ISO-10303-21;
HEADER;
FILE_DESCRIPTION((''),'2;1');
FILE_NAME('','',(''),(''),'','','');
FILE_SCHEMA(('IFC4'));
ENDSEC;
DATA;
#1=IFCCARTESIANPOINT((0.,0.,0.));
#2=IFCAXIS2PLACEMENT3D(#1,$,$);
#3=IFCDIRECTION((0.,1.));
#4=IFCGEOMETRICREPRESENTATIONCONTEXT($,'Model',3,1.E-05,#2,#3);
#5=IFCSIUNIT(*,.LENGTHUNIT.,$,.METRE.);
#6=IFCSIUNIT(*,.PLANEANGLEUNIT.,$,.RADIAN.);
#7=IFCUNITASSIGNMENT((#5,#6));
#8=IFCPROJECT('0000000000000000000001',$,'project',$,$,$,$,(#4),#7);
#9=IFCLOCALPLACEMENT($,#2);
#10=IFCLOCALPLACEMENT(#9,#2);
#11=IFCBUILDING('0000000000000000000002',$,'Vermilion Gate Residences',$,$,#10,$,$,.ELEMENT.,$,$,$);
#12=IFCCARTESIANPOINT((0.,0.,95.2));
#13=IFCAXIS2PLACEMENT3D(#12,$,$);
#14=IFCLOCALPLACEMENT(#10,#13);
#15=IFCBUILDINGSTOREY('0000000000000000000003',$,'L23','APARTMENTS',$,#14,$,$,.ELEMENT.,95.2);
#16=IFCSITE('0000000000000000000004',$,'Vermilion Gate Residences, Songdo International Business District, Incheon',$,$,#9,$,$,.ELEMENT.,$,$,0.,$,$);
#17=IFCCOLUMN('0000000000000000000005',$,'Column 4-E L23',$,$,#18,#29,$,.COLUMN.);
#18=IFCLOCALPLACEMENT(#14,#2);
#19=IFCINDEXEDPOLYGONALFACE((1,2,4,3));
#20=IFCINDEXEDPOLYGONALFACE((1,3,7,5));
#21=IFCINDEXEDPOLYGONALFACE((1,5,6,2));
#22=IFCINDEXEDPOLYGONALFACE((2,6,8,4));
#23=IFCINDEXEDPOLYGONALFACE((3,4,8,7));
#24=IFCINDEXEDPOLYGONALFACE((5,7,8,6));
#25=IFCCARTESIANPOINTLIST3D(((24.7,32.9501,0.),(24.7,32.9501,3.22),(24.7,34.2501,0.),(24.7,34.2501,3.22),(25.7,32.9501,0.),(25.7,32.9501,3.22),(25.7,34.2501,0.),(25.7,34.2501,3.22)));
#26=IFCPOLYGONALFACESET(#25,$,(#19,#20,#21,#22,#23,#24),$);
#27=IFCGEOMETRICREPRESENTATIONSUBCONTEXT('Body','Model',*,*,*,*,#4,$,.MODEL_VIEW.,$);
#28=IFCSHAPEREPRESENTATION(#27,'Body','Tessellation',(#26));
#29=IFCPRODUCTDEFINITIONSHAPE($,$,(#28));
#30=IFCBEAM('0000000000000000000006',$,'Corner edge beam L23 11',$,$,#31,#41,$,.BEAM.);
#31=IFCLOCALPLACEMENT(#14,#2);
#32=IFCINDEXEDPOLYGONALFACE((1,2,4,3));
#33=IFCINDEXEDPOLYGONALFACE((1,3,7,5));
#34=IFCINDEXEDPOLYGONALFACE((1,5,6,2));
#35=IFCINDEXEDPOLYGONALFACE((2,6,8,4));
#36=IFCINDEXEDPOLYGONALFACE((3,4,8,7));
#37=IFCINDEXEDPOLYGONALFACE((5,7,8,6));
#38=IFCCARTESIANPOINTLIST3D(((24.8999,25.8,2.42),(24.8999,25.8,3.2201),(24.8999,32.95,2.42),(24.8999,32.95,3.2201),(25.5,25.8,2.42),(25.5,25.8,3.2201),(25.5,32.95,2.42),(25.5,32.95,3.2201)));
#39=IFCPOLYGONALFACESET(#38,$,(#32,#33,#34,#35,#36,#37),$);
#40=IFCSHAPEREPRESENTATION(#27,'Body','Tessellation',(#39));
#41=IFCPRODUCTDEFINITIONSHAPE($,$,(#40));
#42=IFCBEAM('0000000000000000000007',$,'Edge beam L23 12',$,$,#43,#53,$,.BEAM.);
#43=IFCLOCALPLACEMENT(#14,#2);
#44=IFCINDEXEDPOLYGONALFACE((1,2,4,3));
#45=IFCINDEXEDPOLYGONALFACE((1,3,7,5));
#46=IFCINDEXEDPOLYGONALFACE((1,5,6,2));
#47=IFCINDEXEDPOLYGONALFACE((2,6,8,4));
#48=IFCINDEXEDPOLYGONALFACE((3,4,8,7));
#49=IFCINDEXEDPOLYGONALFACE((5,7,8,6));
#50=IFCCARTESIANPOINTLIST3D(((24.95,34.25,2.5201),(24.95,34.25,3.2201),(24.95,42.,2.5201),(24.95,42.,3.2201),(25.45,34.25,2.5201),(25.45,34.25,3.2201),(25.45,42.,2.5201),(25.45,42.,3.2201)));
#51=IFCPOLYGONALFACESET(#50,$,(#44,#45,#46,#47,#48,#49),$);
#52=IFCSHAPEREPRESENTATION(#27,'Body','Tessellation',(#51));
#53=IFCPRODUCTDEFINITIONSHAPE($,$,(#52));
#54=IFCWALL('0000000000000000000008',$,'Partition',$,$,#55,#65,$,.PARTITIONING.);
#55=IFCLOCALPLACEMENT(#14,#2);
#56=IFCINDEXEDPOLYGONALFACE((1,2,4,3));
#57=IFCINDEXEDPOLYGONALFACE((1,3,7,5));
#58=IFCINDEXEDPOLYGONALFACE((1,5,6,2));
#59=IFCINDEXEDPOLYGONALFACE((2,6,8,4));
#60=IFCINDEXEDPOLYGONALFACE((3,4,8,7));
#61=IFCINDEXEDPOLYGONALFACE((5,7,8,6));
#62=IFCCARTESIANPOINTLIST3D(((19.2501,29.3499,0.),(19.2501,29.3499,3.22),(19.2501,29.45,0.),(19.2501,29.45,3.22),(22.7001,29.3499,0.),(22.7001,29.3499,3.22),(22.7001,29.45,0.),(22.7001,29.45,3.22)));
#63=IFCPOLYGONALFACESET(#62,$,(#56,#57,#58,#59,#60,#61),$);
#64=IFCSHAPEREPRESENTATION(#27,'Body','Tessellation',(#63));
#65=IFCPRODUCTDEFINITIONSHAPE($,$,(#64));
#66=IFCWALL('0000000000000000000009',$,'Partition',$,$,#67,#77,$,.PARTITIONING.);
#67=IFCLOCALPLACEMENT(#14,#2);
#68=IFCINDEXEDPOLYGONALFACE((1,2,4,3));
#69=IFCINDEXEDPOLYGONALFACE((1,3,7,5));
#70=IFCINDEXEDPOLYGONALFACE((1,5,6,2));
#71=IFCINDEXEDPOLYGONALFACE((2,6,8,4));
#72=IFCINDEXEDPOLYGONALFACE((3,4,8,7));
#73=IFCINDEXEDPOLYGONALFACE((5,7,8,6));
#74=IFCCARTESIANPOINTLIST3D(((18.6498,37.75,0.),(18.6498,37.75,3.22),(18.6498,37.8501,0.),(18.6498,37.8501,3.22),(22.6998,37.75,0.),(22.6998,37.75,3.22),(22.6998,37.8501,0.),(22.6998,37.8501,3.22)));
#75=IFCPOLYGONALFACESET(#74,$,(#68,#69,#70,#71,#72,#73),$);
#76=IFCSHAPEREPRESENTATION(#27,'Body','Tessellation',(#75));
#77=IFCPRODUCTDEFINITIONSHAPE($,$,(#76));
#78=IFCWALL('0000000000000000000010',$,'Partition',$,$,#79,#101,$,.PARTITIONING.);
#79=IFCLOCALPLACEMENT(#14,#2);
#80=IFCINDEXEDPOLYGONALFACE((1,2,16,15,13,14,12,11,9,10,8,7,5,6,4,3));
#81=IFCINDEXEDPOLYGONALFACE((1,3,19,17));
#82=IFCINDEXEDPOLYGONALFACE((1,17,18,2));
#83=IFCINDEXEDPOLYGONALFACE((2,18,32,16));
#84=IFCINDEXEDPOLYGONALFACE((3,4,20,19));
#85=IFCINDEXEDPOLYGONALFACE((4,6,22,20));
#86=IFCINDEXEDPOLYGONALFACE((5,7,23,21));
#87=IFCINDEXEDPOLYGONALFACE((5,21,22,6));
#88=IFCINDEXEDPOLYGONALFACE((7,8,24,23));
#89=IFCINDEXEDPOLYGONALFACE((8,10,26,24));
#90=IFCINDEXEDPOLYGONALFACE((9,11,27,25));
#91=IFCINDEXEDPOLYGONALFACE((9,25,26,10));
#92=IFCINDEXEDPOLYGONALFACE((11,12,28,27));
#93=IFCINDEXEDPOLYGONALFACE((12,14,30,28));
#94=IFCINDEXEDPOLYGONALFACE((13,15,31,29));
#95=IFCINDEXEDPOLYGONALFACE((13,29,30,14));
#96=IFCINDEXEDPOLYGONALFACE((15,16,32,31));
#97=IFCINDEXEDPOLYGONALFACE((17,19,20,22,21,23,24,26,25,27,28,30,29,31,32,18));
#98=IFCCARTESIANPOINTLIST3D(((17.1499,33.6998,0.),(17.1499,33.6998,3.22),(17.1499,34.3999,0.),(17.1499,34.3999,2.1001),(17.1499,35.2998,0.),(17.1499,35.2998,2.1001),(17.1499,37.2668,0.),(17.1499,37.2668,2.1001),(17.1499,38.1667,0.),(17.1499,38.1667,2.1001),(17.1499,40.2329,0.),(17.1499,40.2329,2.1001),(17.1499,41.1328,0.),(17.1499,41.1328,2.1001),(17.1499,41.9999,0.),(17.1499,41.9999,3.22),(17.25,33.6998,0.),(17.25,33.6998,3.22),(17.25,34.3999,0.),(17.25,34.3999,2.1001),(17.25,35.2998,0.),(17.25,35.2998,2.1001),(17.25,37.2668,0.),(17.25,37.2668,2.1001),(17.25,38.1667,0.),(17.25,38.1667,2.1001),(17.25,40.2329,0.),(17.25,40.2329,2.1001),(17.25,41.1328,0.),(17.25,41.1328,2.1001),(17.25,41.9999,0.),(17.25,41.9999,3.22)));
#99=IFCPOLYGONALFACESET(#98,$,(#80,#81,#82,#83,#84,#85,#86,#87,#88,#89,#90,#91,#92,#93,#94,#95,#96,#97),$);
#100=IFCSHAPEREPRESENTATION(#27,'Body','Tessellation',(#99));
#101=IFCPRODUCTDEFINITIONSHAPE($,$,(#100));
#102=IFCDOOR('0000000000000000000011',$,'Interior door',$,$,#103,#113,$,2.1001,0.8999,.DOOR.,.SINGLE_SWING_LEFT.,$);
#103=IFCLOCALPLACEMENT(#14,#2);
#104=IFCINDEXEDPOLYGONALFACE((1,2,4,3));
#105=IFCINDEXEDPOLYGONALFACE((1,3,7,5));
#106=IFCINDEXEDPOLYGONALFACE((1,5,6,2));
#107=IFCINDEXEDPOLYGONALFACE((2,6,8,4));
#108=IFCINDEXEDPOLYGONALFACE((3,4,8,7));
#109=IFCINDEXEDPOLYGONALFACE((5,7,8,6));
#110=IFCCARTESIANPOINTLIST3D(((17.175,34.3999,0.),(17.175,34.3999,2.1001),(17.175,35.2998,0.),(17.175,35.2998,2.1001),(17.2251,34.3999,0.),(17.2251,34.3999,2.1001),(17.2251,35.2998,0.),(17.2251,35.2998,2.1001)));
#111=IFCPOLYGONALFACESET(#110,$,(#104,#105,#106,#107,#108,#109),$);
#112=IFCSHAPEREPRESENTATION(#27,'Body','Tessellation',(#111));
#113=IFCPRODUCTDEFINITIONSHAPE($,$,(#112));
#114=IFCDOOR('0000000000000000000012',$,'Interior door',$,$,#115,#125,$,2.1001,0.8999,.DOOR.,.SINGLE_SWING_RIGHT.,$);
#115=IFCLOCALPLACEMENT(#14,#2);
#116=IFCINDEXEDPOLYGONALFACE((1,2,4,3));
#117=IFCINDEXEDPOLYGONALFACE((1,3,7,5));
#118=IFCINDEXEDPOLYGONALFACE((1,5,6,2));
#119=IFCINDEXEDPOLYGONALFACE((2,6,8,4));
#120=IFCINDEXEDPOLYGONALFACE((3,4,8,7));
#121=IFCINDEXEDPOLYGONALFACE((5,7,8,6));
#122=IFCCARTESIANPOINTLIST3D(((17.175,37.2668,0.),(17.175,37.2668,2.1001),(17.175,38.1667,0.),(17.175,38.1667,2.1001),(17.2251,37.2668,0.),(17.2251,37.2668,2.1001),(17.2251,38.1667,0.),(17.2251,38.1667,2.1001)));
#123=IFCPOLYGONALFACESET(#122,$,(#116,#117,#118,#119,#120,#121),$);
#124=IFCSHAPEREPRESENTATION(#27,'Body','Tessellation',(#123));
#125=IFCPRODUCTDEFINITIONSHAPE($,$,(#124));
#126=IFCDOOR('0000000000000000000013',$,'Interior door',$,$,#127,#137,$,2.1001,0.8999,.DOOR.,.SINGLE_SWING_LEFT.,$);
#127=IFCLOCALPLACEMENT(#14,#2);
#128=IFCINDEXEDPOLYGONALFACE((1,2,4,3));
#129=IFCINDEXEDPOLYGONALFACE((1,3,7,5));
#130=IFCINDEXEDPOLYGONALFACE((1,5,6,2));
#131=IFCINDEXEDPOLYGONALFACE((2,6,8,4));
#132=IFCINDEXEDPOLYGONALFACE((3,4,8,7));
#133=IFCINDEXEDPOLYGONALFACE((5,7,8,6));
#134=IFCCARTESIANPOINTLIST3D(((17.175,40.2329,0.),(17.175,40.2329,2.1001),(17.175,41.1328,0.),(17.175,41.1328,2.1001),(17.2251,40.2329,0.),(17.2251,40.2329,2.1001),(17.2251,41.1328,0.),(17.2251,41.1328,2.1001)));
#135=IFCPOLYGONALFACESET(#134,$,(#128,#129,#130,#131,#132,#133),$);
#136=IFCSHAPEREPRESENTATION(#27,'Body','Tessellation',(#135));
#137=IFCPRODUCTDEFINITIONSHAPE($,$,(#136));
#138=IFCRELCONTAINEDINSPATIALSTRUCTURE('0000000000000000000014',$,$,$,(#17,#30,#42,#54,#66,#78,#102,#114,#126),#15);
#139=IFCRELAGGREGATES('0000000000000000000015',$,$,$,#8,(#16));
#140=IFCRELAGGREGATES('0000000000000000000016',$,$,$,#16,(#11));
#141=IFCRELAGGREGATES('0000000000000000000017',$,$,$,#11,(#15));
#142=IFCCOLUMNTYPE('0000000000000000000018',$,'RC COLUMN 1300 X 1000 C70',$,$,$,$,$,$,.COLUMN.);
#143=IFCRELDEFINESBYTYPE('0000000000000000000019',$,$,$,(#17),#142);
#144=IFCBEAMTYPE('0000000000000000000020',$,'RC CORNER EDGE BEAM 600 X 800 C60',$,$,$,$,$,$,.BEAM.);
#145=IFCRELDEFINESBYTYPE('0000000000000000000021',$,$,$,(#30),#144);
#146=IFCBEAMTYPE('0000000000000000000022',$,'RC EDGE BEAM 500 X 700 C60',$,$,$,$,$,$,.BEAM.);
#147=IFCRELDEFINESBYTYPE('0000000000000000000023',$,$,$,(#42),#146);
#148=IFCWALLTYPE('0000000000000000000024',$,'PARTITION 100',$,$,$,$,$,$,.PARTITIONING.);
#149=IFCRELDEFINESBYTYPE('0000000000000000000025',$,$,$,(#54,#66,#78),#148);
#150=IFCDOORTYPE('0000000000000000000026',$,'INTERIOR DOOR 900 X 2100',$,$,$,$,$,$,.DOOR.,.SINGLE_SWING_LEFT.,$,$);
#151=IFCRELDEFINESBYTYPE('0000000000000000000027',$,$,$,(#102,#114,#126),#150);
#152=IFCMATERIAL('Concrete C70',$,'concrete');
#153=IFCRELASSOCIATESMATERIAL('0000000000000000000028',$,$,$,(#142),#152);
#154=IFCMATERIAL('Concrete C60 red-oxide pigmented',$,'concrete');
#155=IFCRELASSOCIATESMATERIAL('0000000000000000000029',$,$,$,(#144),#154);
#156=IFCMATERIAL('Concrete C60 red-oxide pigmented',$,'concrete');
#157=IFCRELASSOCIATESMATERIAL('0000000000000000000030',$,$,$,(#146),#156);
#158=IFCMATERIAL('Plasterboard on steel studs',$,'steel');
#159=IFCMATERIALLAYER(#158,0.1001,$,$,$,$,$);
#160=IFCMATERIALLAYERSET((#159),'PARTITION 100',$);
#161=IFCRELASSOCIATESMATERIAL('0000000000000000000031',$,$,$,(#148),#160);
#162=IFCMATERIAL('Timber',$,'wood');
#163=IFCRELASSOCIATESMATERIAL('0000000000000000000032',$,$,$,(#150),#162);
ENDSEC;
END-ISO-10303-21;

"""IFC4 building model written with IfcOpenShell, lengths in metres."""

from ifc_helpers import new_model, si_unit, direction, frame, frame_2d, origin, origin_2d, place, context, subcontext, project, spatial, rectangle, extrude, material, layer, layer_set, material_profile, profile_set, type_object, element, fill, save


model = new_model("IFC4")

# Units and contexts
model_context = context("Model", 3, precision=1e-05, world=origin(), true_north=direction((0.0, 1.0)))
body_context = subcontext(model_context, "Body", "Model", "MODEL_VIEW")
ifc_project = project(units=[si_unit("LENGTHUNIT", "METRE"), si_unit("PLANEANGLEUNIT", "RADIAN")], contexts=[model_context])

# Site, building, storey
site_placement = place(None, origin())
site = spatial("IfcSite", under=ifc_project, at=site_placement, Name="Vermilion Gate Residences, Songdo International Business District, Incheon", CompositionType="ELEMENT", RefElevation=0.0)
building_placement = place(site_placement, origin())
building = spatial("IfcBuilding", under=site, at=building_placement, Name="Vermilion Gate Residences", CompositionType="ELEMENT")
storey_placement = place(building_placement, frame((0.0, 0.0, 95.2)))
storey = spatial("IfcBuildingStorey", under=building, at=storey_placement, Name="L23", Description="APARTMENTS", CompositionType="ELEMENT", Elevation=95.2)

# Column
ifc_material_1 = material(Name="Concrete C70", Category="concrete")
ifc_material_profile_1 = material_profile(ifc_material_1, rectangle(XDim=1.3, YDim=1.0, at=origin_2d()), Name="RC-1300x1000")
ifc_profile_set_1 = profile_set([ifc_material_profile_1], Name="Concrete C70")
column_type = type_object("IfcColumnType", Name="RC COLUMN 1300 X 1000 C70", PredefinedType="COLUMN", material=ifc_profile_set_1)
column_placement = place(storey_placement, frame((25.2, 33.6001, 0.0), z_axis=(0.0, 0.0, 1.0), x_axis=(0.0, 1.0, 0.0)))
element("IfcColumn", 1, at=column_placement, inside=storey, type_object=column_type, Name="Column 4-E L23", PredefinedType="COLUMN", context=body_context, shape_type="SweptSolid", body=[
    extrude(rectangle(XDim=1.3, YDim=1.0, at=origin_2d()), origin(), (0.0, 0.0, 1.0), 3.22),
])

# Beams
ifc_material_2 = material(Name="Concrete C60 red-oxide pigmented", Category="concrete")
ifc_material_profile_2 = material_profile(ifc_material_2, rectangle(XDim=0.6001, YDim=0.8, at=origin_2d()), Name="RC-600x800")
ifc_profile_set_2 = profile_set([ifc_material_profile_2], Name="Concrete C60 red-oxide pigmented")
beam_type_1 = type_object("IfcBeamType", Name="RC CORNER EDGE BEAM 600 X 800 C60", PredefinedType="BEAM", material=ifc_profile_set_2)
beam_1_placement = place(storey_placement, frame((25.2, 25.8, 2.8201), z_axis=(0.0, 1.0, 0.0), x_axis=(-1.0, 0.0, 0.0)))
element("IfcBeam", 2, at=beam_1_placement, inside=storey, type_object=beam_type_1, Name="Corner edge beam L23 11", PredefinedType="BEAM", context=body_context, shape_type="SweptSolid", body=[
    extrude(rectangle(XDim=0.6001, YDim=0.8, at=origin_2d()), origin(), (0.0, 0.0, 1.0), 7.1499),
])
ifc_material_3 = material(Name="Concrete C60 red-oxide pigmented", Category="concrete")
ifc_material_profile_3 = material_profile(ifc_material_3, rectangle(XDim=0.5, YDim=0.7, at=origin_2d()), Name="RC-500x700")
ifc_profile_set_3 = profile_set([ifc_material_profile_3], Name="Concrete C60 red-oxide pigmented")
beam_type_2 = type_object("IfcBeamType", Name="RC EDGE BEAM 500 X 700 C60", PredefinedType="BEAM", material=ifc_profile_set_3)
beam_2_placement = place(storey_placement, frame((25.2, 34.25, 2.8701), z_axis=(0.0, 1.0, 0.0), x_axis=(-1.0, 0.0, 0.0)))
element("IfcBeam", 3, at=beam_2_placement, inside=storey, type_object=beam_type_2, Name="Edge beam L23 12", PredefinedType="BEAM", context=body_context, shape_type="SweptSolid", body=[
    extrude(rectangle(XDim=0.5, YDim=0.7, at=origin_2d()), origin(), (0.0, 0.0, 1.0), 7.75),
])

# Walls
ifc_material_4 = material(Name="Plasterboard on steel studs", Category="steel")
ifc_layer_1 = layer(ifc_material_4, 0.1001)
ifc_layer_set_1 = layer_set([ifc_layer_1], Name="PARTITION 100")
wall_type_1 = type_object("IfcWallType", Name="PARTITION 100", PredefinedType="PARTITIONING", material=ifc_layer_set_1)
wall_1_placement = place(storey_placement, frame((19.25, 29.3999, 0.0), z_axis=(0.0, 0.0, 1.0), x_axis=(1.0, 0.0, 0.0)))
element("IfcWall", 4, at=wall_1_placement, inside=storey, type_object=wall_type_1, Name="Partition", PredefinedType="PARTITIONING", context=body_context, shape_type="SweptSolid", body=[
    extrude(rectangle(XDim=3.45, YDim=0.1001, at=frame_2d((1.7251, 0.0))), origin(), (0.0, 0.0, 1.0), 3.22),
])
wall_2_placement = place(storey_placement, frame((18.6499, 37.8, 0.0), z_axis=(0.0, 0.0, 1.0), x_axis=(1.0, 0.0, 0.0)))
element("IfcWall", 5, at=wall_2_placement, inside=storey, type_object=wall_type_1, Name="Partition", PredefinedType="PARTITIONING", context=body_context, shape_type="SweptSolid", body=[
    extrude(rectangle(XDim=4.05, YDim=0.1001, at=frame_2d((2.0249, 0.0))), origin(), (0.0, 0.0, 1.0), 3.22),
])

# Wall, openings, doors
wall_3_placement = place(storey_placement, frame((17.2, 33.7, 0.0), z_axis=(0.0, 0.0, 1.0), x_axis=(0.0, 1.0, 0.0)))
wall_3 = element("IfcWall", 6, at=wall_3_placement, inside=storey, type_object=wall_type_1, Name="Partition", PredefinedType="PARTITIONING", context=body_context, shape_type="SweptSolid", body=[
    extrude(rectangle(XDim=8.3, YDim=0.1001, at=frame_2d((4.1499, 0.0))), origin(), (0.0, 0.0, 1.0), 3.22),
])
opening_1_placement = place(wall_3_placement, frame((0.7, 0.0, 0.0)))
opening_1 = element("IfcOpeningElement", 7, at=opening_1_placement, cuts=wall_3, PredefinedType="OPENING", context=body_context, shape_type="SweptSolid", body=[
    extrude(rectangle(XDim=0.8999, YDim=2.1001, at=frame_2d((0.45, 1.05))), frame((0.0, 0.0601, 0.0), z_axis=(0.0, -1.0, 0.0), x_axis=(1.0, 0.0, 0.0)), (0.0, 0.0, 1.0), 0.1201),
])
opening_2_placement = place(wall_3_placement, frame((3.5669, 0.0, 0.0)))
opening_2 = element("IfcOpeningElement", 8, at=opening_2_placement, cuts=wall_3, PredefinedType="OPENING", context=body_context, shape_type="SweptSolid", body=[
    extrude(rectangle(XDim=0.8999, YDim=2.1001, at=frame_2d((0.45, 1.05))), frame((0.0, 0.0601, 0.0), z_axis=(0.0, -1.0, 0.0), x_axis=(1.0, 0.0, 0.0)), (0.0, 0.0, 1.0), 0.1201),
])
opening_3_placement = place(wall_3_placement, frame((6.533, 0.0, 0.0)))
opening_3 = element("IfcOpeningElement", 9, at=opening_3_placement, cuts=wall_3, PredefinedType="OPENING", context=body_context, shape_type="SweptSolid", body=[
    extrude(rectangle(XDim=0.8999, YDim=2.1001, at=frame_2d((0.45, 1.05))), frame((0.0, 0.0601, 0.0), z_axis=(0.0, -1.0, 0.0), x_axis=(1.0, 0.0, 0.0)), (0.0, 0.0, 1.0), 0.1201),
])
ifc_material_5 = material(Name="Timber", Category="wood")
door_type = type_object("IfcDoorType", Name="INTERIOR DOOR 900 X 2100", OperationType="SINGLE_SWING_LEFT", PredefinedType="DOOR", material=ifc_material_5)
door_1_placement = place(opening_1_placement, origin())
door_1 = element("IfcDoor", 10, at=door_1_placement, inside=storey, type_object=door_type, Name="Interior door", OperationType="SINGLE_SWING_LEFT", OverallHeight=2.1001, OverallWidth=0.8999, PredefinedType="DOOR", context=body_context, shape_type="SweptSolid", body=[
    extrude(rectangle(XDim=0.8999, YDim=2.1001, at=frame_2d((0.45, 1.05))), frame((0.0, 0.0249, 0.0), z_axis=(0.0, -1.0, 0.0), x_axis=(1.0, 0.0, 0.0)), (0.0, 0.0, 1.0), 0.05),
])
fill(opening_1, door_1)
door_2_placement = place(opening_2_placement, origin())
door_2 = element("IfcDoor", 11, at=door_2_placement, inside=storey, type_object=door_type, Name="Interior door", OperationType="SINGLE_SWING_RIGHT", OverallHeight=2.1001, OverallWidth=0.8999, PredefinedType="DOOR", context=body_context, shape_type="SweptSolid", body=[
    extrude(rectangle(XDim=0.8999, YDim=2.1001, at=frame_2d((0.45, 1.05))), frame((0.0, 0.0249, 0.0), z_axis=(0.0, -1.0, 0.0), x_axis=(1.0, 0.0, 0.0)), (0.0, 0.0, 1.0), 0.05),
])
fill(opening_2, door_2)
door_3_placement = place(opening_3_placement, origin())
door_3 = element("IfcDoor", 12, at=door_3_placement, inside=storey, type_object=door_type, Name="Interior door", OperationType="SINGLE_SWING_LEFT", OverallHeight=2.1001, OverallWidth=0.8999, PredefinedType="DOOR", context=body_context, shape_type="SweptSolid", body=[
    extrude(rectangle(XDim=0.8999, YDim=2.1001, at=frame_2d((0.45, 1.05))), frame((0.0, 0.0249, 0.0), z_axis=(0.0, -1.0, 0.0), x_axis=(1.0, 0.0, 0.0)), (0.0, 0.0, 1.0), 0.05),
])
fill(opening_3, door_3)

save(model, "model.ifc")
